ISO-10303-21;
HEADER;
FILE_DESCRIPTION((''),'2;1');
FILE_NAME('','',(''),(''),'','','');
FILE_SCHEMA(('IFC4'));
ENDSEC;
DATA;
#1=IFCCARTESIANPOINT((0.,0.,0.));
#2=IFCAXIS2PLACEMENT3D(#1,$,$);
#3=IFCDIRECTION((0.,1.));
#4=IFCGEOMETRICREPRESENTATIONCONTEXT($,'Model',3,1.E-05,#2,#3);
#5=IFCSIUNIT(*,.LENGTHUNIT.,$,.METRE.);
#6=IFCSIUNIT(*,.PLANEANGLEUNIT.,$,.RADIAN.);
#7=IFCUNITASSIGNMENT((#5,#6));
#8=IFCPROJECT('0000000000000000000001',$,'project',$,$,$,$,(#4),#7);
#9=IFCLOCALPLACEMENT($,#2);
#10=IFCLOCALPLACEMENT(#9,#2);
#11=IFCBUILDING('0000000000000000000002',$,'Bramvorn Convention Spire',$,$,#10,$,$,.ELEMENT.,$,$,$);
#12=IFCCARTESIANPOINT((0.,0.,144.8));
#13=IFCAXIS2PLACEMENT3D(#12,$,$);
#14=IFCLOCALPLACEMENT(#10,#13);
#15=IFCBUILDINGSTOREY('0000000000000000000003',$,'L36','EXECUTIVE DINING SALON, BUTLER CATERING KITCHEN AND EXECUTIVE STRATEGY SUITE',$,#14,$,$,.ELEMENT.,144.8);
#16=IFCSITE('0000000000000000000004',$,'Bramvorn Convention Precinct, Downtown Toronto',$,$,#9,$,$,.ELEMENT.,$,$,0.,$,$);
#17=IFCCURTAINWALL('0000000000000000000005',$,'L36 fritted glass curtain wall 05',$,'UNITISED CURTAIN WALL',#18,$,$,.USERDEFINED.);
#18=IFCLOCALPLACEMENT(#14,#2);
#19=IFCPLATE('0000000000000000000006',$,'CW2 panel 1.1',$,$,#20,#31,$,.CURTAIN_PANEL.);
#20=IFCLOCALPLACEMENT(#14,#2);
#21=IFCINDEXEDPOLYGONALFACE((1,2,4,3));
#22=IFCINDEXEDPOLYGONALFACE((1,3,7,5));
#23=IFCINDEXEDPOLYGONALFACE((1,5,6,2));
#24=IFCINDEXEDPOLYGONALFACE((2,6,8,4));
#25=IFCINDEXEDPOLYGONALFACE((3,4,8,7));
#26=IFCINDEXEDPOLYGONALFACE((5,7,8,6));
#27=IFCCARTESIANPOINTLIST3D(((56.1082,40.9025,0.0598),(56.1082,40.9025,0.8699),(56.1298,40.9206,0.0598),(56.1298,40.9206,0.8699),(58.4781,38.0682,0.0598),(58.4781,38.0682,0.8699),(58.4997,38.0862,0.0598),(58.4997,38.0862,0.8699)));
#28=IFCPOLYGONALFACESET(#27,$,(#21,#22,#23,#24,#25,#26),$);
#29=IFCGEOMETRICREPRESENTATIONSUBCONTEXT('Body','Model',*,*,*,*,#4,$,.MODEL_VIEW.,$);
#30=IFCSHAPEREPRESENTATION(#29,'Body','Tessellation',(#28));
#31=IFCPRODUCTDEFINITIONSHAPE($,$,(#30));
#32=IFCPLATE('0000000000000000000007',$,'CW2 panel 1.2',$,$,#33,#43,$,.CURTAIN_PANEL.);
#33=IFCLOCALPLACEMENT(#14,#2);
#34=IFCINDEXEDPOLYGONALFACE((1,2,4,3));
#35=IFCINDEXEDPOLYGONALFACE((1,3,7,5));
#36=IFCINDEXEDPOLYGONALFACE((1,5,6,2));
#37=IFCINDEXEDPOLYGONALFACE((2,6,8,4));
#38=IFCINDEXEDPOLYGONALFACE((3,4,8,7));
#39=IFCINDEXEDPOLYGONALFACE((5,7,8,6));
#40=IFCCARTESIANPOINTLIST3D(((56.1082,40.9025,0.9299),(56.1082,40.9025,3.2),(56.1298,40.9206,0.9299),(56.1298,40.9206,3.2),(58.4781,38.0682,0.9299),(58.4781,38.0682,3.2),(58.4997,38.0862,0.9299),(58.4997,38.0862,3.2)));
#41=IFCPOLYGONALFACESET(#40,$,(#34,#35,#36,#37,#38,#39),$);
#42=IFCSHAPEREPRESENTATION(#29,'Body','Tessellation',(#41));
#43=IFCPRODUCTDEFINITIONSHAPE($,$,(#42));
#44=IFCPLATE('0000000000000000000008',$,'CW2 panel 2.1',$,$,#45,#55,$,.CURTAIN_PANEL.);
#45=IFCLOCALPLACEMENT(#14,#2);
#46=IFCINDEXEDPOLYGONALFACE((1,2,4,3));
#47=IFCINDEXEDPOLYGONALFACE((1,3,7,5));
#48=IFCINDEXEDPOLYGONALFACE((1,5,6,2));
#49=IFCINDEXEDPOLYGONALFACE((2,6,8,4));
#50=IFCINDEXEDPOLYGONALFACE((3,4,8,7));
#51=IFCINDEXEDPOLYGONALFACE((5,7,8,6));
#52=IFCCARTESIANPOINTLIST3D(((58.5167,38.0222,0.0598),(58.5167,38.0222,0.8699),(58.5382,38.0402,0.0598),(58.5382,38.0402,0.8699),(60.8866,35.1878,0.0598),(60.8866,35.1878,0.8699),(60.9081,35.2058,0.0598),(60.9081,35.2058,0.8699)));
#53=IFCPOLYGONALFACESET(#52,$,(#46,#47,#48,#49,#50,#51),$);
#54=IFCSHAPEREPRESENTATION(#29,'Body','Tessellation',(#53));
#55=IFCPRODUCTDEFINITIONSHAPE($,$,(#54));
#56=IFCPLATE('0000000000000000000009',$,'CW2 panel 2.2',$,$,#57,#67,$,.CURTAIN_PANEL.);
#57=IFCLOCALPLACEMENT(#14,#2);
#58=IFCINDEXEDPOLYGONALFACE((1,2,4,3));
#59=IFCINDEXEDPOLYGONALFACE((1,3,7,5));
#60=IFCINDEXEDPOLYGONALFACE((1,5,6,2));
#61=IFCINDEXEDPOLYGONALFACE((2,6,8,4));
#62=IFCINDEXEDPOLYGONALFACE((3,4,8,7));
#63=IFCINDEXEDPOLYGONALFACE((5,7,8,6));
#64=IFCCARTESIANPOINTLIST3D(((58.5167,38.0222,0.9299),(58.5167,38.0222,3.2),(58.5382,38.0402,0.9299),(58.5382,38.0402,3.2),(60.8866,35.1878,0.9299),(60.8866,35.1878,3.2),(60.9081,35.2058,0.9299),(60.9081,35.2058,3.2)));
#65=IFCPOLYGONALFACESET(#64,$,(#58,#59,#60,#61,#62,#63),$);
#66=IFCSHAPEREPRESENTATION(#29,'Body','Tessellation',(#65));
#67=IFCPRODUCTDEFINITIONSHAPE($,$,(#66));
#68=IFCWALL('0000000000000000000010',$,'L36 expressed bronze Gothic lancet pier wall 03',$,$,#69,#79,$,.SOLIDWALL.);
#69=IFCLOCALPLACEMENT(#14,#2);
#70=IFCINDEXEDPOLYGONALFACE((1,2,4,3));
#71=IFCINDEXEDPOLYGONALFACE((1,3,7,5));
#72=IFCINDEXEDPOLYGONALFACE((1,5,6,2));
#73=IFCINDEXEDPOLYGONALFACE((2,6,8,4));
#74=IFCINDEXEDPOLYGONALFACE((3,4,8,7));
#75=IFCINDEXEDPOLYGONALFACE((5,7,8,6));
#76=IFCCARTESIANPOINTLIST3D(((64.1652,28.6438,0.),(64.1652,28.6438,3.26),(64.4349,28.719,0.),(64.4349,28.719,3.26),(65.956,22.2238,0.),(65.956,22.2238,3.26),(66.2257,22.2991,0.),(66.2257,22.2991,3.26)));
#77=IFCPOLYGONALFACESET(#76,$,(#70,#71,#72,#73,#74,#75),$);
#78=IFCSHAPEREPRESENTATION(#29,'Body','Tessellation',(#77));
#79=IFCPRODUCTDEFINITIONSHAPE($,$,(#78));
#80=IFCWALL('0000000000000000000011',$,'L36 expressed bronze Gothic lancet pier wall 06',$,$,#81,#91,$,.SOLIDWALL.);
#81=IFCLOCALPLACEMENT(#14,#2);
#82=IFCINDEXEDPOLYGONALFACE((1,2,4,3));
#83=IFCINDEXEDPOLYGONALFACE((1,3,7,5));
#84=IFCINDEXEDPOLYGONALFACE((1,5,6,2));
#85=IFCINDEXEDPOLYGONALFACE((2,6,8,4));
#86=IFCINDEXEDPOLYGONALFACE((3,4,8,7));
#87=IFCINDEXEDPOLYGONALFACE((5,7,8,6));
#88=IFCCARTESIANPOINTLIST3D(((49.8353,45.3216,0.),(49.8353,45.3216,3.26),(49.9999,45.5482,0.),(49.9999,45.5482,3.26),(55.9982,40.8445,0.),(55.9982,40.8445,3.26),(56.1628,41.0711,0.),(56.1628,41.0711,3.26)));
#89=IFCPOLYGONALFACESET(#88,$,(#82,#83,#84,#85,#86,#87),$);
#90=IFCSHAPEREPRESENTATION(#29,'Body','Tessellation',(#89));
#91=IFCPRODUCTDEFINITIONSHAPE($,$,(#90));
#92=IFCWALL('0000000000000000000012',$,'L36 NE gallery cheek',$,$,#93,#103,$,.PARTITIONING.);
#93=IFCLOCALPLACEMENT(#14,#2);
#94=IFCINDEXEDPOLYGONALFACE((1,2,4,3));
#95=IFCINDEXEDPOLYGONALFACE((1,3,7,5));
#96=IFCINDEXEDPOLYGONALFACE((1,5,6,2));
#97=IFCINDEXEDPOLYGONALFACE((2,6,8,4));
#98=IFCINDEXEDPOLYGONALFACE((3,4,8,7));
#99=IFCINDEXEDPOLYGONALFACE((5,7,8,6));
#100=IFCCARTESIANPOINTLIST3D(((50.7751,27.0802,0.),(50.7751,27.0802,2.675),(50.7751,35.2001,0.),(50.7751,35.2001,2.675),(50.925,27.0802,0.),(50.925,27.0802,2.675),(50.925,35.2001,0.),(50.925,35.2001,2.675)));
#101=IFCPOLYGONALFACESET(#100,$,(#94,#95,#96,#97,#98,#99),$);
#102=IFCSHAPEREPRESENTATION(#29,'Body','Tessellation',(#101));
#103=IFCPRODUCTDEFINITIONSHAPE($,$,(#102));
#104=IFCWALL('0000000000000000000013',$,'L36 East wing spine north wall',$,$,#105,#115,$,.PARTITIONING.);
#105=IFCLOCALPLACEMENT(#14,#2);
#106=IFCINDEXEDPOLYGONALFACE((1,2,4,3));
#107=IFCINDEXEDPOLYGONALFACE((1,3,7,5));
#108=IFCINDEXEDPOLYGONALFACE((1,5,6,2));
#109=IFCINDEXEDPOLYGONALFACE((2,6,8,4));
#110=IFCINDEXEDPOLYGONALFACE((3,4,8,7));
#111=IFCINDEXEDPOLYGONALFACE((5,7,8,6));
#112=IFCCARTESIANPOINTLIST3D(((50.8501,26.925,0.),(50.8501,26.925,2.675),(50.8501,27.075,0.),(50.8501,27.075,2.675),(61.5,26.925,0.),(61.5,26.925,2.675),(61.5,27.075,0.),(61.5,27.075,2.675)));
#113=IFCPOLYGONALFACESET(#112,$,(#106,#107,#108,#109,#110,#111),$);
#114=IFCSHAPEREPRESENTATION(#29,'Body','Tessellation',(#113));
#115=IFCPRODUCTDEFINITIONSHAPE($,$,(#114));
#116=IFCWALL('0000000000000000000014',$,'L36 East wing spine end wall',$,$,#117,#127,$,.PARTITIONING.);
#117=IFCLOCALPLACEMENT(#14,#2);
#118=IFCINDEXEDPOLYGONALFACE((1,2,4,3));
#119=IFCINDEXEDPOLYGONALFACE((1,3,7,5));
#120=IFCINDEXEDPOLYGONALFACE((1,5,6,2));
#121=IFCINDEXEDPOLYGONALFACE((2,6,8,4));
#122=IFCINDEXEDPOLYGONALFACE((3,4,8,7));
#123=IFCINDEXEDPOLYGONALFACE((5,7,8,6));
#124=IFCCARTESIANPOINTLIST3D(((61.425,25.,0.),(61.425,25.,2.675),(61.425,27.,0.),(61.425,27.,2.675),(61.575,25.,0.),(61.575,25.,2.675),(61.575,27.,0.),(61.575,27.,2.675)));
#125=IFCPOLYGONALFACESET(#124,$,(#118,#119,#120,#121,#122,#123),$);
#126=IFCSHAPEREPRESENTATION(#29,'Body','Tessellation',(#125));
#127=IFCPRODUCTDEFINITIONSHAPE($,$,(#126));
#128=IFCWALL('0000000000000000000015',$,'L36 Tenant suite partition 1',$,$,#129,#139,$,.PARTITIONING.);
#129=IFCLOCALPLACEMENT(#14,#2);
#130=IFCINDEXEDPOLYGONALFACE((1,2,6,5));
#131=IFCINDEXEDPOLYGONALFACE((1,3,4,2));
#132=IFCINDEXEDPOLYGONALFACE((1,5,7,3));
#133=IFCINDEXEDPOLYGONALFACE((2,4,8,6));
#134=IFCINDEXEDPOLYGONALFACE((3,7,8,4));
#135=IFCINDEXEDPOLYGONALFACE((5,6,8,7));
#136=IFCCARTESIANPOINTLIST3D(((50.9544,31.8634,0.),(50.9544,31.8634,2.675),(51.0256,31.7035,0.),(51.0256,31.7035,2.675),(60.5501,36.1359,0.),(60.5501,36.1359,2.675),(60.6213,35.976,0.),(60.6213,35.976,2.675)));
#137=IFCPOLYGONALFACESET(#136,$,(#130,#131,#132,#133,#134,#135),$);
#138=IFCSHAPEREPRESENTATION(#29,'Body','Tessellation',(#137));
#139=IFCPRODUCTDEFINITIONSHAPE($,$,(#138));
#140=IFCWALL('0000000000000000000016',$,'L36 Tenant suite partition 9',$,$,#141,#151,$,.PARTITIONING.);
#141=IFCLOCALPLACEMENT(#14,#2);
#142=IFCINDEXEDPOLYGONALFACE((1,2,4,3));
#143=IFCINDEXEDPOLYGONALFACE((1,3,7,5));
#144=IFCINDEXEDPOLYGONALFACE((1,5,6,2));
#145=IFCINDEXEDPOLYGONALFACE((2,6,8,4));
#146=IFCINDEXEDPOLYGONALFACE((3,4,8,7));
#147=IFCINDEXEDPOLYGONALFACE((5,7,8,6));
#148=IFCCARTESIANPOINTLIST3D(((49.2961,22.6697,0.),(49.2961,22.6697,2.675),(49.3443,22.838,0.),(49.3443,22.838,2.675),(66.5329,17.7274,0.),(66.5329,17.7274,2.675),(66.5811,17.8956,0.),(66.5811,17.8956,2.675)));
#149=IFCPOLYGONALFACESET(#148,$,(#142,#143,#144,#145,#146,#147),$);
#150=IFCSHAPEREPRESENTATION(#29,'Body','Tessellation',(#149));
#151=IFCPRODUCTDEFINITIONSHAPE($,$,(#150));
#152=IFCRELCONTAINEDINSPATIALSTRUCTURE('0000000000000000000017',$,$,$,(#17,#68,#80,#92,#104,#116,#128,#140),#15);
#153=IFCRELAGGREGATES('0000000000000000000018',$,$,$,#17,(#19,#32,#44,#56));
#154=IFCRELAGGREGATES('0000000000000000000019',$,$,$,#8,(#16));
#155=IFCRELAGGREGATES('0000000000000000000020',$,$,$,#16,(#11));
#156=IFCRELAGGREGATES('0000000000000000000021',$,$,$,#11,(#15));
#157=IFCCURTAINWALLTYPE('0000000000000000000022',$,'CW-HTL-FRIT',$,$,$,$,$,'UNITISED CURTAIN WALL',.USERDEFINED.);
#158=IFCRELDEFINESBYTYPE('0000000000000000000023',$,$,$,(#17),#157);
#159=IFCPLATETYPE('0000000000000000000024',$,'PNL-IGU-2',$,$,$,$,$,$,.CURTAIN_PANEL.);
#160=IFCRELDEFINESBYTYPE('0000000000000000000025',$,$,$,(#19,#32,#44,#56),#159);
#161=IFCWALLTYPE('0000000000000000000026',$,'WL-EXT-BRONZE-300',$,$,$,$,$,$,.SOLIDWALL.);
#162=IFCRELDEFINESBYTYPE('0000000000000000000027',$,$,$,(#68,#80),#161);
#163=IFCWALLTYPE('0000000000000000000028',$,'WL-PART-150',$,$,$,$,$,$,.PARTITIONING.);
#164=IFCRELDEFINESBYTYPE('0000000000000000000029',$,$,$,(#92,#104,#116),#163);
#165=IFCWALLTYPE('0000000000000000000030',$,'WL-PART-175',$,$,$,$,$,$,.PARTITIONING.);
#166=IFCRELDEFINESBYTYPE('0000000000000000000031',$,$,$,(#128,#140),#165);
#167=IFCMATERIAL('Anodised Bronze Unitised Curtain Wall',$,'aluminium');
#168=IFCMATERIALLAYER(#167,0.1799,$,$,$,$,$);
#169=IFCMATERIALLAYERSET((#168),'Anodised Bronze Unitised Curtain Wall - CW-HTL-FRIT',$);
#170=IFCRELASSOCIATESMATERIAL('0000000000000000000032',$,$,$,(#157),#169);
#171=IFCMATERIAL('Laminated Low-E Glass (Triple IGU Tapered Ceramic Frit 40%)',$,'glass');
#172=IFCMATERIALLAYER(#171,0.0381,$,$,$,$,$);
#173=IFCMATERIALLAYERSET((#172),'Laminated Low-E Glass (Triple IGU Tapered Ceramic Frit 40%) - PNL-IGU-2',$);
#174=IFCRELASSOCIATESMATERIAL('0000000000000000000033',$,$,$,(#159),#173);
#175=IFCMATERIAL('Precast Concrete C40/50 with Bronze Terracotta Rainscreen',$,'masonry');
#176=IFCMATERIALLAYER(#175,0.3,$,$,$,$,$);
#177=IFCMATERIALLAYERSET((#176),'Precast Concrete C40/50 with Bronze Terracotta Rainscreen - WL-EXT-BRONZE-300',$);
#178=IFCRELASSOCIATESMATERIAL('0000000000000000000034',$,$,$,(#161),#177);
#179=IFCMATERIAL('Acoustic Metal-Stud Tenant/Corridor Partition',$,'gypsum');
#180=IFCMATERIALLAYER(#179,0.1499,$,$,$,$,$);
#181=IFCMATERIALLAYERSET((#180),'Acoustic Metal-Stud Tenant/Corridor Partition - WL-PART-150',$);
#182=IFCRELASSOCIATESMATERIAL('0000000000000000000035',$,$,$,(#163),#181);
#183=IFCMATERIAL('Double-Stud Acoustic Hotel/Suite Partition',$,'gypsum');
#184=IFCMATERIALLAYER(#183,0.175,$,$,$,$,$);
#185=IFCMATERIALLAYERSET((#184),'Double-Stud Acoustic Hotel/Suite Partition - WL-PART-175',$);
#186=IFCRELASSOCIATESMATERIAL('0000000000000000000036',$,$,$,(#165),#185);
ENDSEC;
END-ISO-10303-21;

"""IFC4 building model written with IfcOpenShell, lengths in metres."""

from ifc_helpers import new_model, si_unit, direction, frame, frame_2d, origin, origin_2d, place, context, subcontext, project, spatial, rectangle, extrude, material, layer, layer_set, type_object, element, aggregate, save


model = new_model("IFC4")

# Units and contexts
model_context = context("Model", 3, precision=1e-05, world=origin(), true_north=direction((0.0, 1.0)))
body_context = subcontext(model_context, "Body", "Model", "MODEL_VIEW")
ifc_project = project(units=[si_unit("LENGTHUNIT", "METRE"), si_unit("PLANEANGLEUNIT", "RADIAN")], contexts=[model_context])

# Site, building, storey
site_placement = place(None, origin())
site = spatial("IfcSite", under=ifc_project, at=site_placement, Name="Bramvorn Convention Precinct, Downtown Toronto", CompositionType="ELEMENT", RefElevation=0.0)
building_placement = place(site_placement, origin())
building = spatial("IfcBuilding", under=site, at=building_placement, Name="Bramvorn Convention Spire", CompositionType="ELEMENT")
storey_placement = place(building_placement, frame((0.0, 0.0, 144.8)))
storey = spatial("IfcBuildingStorey", under=building, at=storey_placement, Name="L36", Description="EXECUTIVE DINING SALON, BUTLER CATERING KITCHEN AND EXECUTIVE STRATEGY SUITE", CompositionType="ELEMENT", Elevation=144.8)

# Curtain wall
ifc_material_1 = material(Name="Anodised Bronze Unitised Curtain Wall", Category="aluminium")
ifc_layer_1 = layer(ifc_material_1, 0.1799)
ifc_layer_set_1 = layer_set([ifc_layer_1], Name="Anodised Bronze Unitised Curtain Wall - CW-HTL-FRIT")
curtain_wall_type = type_object("IfcCurtainWallType", Name="CW-HTL-FRIT", ElementType="UNITISED CURTAIN WALL", PredefinedType="USERDEFINED", material=ifc_layer_set_1)
curtain_wall_1_placement = place(storey_placement, origin())
curtain_wall_1 = element("IfcCurtainWall", 1, at=curtain_wall_1_placement, inside=storey, type_object=curtain_wall_type, Name="L36 fritted glass curtain wall 05", ObjectType="UNITISED CURTAIN WALL", PredefinedType="USERDEFINED")

# Plates
ifc_material_2 = material(Name="Laminated Low-E Glass (Triple IGU Tapered Ceramic Frit 40%)", Category="glass")
ifc_layer_2 = layer(ifc_material_2, 0.0381)
ifc_layer_set_2 = layer_set([ifc_layer_2], Name="Laminated Low-E Glass (Triple IGU Tapered Ceramic Frit 40%) - PNL-IGU-2")
plate_type = type_object("IfcPlateType", Name="PNL-IGU-2", PredefinedType="CURTAIN_PANEL", material=ifc_layer_set_2)
plate_1_placement = place(storey_placement, frame((57.304, 39.4944, 0.0598), z_axis=(0.0, 0.0, 1.0), x_axis=(0.641454, -0.767161, 0.0)))
plate_1 = element("IfcPlate", 2, at=plate_1_placement, type_object=plate_type, Name="CW2 panel 1.1", PredefinedType="CURTAIN_PANEL", context=body_context, shape_type="SweptSolid", body=[
    extrude(rectangle(XDim=3.6946, YDim=0.0281, at=origin_2d()), origin(), (0.0, 0.0, 1.0), 0.8101),
])
plate_2_placement = place(storey_placement, frame((57.304, 39.4944, 0.9299), z_axis=(0.0, 0.0, 1.0), x_axis=(0.641454, -0.767161, 0.0)))
plate_2 = element("IfcPlate", 3, at=plate_2_placement, type_object=plate_type, Name="CW2 panel 1.2", PredefinedType="CURTAIN_PANEL", context=body_context, shape_type="SweptSolid", body=[
    extrude(rectangle(XDim=3.6946, YDim=0.0281, at=origin_2d()), origin(), (0.0, 0.0, 1.0), 2.27),
])
plate_3_placement = place(storey_placement, frame((59.7124, 36.614, 0.0598), z_axis=(0.0, 0.0, 1.0), x_axis=(0.641454, -0.767161, 0.0)))
plate_3 = element("IfcPlate", 4, at=plate_3_placement, type_object=plate_type, Name="CW2 panel 2.1", PredefinedType="CURTAIN_PANEL", context=body_context, shape_type="SweptSolid", body=[
    extrude(rectangle(XDim=3.6946, YDim=0.0281, at=origin_2d()), origin(), (0.0, 0.0, 1.0), 0.8101),
])
plate_4_placement = place(storey_placement, frame((59.7124, 36.614, 0.9299), z_axis=(0.0, 0.0, 1.0), x_axis=(0.641454, -0.767161, 0.0)))
plate_4 = element("IfcPlate", 5, at=plate_4_placement, type_object=plate_type, Name="CW2 panel 2.2", PredefinedType="CURTAIN_PANEL", context=body_context, shape_type="SweptSolid", body=[
    extrude(rectangle(XDim=3.6946, YDim=0.0281, at=origin_2d()), origin(), (0.0, 0.0, 1.0), 2.27),
])
aggregate(curtain_wall_1, [plate_1, plate_2, plate_3, plate_4])

# Walls
ifc_material_3 = material(Name="Precast Concrete C40/50 with Bronze Terracotta Rainscreen", Category="masonry")
ifc_layer_3 = layer(ifc_material_3, 0.3)
ifc_layer_set_3 = layer_set([ifc_layer_3], Name="Precast Concrete C40/50 with Bronze Terracotta Rainscreen - WL-EXT-BRONZE-300")
wall_type_1 = type_object("IfcWallType", Name="WL-EXT-BRONZE-300", PredefinedType="SOLIDWALL", material=ifc_layer_set_3)
wall_1_placement = place(storey_placement, frame((64.3, 28.6814, 0.0), z_axis=(0.0, 0.0, 1.0), x_axis=(0.268683, -0.963229, 0.0)))
element("IfcWall", 6, at=wall_1_placement, inside=storey, type_object=wall_type_1, Name="L36 expressed bronze Gothic lancet pier wall 03", PredefinedType="SOLIDWALL", context=body_context, shape_type="SweptSolid", body=[
    extrude(rectangle(XDim=6.665, YDim=0.28, at=frame_2d((3.3325, 0.0))), origin(), (0.0, 0.0, 1.0), 3.26),
])
wall_2_placement = place(storey_placement, frame((49.9177, 45.4348, 0.0), z_axis=(0.0, 0.0, 1.0), x_axis=(0.809049, -0.587741, 0.0)))
element("IfcWall", 7, at=wall_2_placement, inside=storey, type_object=wall_type_1, Name="L36 expressed bronze Gothic lancet pier wall 06", PredefinedType="SOLIDWALL", context=body_context, shape_type="SweptSolid", body=[
    extrude(rectangle(XDim=7.6174, YDim=0.28, at=frame_2d((3.8086, 0.0))), origin(), (0.0, 0.0, 1.0), 3.26),
])
ifc_material_4 = material(Name="Acoustic Metal-Stud Tenant/Corridor Partition", Category="gypsum")
ifc_layer_4 = layer(ifc_material_4, 0.1499)
ifc_layer_set_4 = layer_set([ifc_layer_4], Name="Acoustic Metal-Stud Tenant/Corridor Partition - WL-PART-150")
wall_type_2 = type_object("IfcWallType", Name="WL-PART-150", PredefinedType="PARTITIONING", material=ifc_layer_set_4)
wall_3_placement = place(storey_placement, frame((50.8501, 27.0801, 0.0), z_axis=(0.0, 0.0, 1.0), x_axis=(0.0, 1.0, 0.0)))
element("IfcWall", 8, at=wall_3_placement, inside=storey, type_object=wall_type_2, Name="L36 NE gallery cheek", PredefinedType="PARTITIONING", context=body_context, shape_type="SweptSolid", body=[
    extrude(rectangle(XDim=8.1199, YDim=0.1499, at=frame_2d((4.0601, 0.0))), origin(), (0.0, 0.0, 1.0), 2.675),
])
wall_4_placement = place(storey_placement, frame((50.8501, 27.0, 0.0), z_axis=(0.0, 0.0, 1.0), x_axis=(1.0, 0.0, 0.0)))
element("IfcWall", 9, at=wall_4_placement, inside=storey, type_object=wall_type_2, Name="L36 East wing spine north wall", PredefinedType="PARTITIONING", context=body_context, shape_type="SweptSolid", body=[
    extrude(rectangle(XDim=10.6499, YDim=0.1499, at=frame_2d((5.325, 0.0))), origin(), (0.0, 0.0, 1.0), 2.675),
])
wall_5_placement = place(storey_placement, frame((61.5, 25.0, 0.0), z_axis=(0.0, 0.0, 1.0), x_axis=(0.0, 1.0, 0.0)))
element("IfcWall", 10, at=wall_5_placement, inside=storey, type_object=wall_type_2, Name="L36 East wing spine end wall", PredefinedType="PARTITIONING", context=body_context, shape_type="SweptSolid", body=[
    extrude(rectangle(XDim=2.0, YDim=0.1499, at=frame_2d((1.0, 0.0))), origin(), (0.0, 0.0, 1.0), 2.675),
])
ifc_material_5 = material(Name="Double-Stud Acoustic Hotel/Suite Partition", Category="gypsum")
ifc_layer_5 = layer(ifc_material_5, 0.175)
ifc_layer_set_5 = layer_set([ifc_layer_5], Name="Double-Stud Acoustic Hotel/Suite Partition - WL-PART-175")
wall_type_3 = type_object("IfcWallType", Name="WL-PART-175", PredefinedType="PARTITIONING", material=ifc_layer_set_5)
wall_6_placement = place(storey_placement, frame((50.99, 31.7834, 0.0), z_axis=(0.0, 0.0, 1.0), x_axis=(0.913539, 0.406751, 0.0)))
element("IfcWall", 11, at=wall_6_placement, inside=storey, type_object=wall_type_3, Name="L36 Tenant suite partition 1", PredefinedType="PARTITIONING", context=body_context, shape_type="SweptSolid", body=[
    extrude(rectangle(XDim=10.5039, YDim=0.175, at=frame_2d((5.252, 0.0))), origin(), (0.0, 0.0, 1.0), 2.675),
])
wall_7_placement = place(storey_placement, frame((49.3201, 22.7539, 0.0), z_axis=(0.0, 0.0, 1.0), x_axis=(0.961265, -0.275627, 0.0)))
element("IfcWall", 12, at=wall_7_placement, inside=storey, type_object=wall_type_3, Name="L36 Tenant suite partition 9", PredefinedType="PARTITIONING", context=body_context, shape_type="SweptSolid", body=[
    extrude(rectangle(XDim=17.9314, YDim=0.175, at=frame_2d((8.9658, 0.0))), origin(), (0.0, 0.0, 1.0), 2.675),
])

save(model, "model.ifc")
